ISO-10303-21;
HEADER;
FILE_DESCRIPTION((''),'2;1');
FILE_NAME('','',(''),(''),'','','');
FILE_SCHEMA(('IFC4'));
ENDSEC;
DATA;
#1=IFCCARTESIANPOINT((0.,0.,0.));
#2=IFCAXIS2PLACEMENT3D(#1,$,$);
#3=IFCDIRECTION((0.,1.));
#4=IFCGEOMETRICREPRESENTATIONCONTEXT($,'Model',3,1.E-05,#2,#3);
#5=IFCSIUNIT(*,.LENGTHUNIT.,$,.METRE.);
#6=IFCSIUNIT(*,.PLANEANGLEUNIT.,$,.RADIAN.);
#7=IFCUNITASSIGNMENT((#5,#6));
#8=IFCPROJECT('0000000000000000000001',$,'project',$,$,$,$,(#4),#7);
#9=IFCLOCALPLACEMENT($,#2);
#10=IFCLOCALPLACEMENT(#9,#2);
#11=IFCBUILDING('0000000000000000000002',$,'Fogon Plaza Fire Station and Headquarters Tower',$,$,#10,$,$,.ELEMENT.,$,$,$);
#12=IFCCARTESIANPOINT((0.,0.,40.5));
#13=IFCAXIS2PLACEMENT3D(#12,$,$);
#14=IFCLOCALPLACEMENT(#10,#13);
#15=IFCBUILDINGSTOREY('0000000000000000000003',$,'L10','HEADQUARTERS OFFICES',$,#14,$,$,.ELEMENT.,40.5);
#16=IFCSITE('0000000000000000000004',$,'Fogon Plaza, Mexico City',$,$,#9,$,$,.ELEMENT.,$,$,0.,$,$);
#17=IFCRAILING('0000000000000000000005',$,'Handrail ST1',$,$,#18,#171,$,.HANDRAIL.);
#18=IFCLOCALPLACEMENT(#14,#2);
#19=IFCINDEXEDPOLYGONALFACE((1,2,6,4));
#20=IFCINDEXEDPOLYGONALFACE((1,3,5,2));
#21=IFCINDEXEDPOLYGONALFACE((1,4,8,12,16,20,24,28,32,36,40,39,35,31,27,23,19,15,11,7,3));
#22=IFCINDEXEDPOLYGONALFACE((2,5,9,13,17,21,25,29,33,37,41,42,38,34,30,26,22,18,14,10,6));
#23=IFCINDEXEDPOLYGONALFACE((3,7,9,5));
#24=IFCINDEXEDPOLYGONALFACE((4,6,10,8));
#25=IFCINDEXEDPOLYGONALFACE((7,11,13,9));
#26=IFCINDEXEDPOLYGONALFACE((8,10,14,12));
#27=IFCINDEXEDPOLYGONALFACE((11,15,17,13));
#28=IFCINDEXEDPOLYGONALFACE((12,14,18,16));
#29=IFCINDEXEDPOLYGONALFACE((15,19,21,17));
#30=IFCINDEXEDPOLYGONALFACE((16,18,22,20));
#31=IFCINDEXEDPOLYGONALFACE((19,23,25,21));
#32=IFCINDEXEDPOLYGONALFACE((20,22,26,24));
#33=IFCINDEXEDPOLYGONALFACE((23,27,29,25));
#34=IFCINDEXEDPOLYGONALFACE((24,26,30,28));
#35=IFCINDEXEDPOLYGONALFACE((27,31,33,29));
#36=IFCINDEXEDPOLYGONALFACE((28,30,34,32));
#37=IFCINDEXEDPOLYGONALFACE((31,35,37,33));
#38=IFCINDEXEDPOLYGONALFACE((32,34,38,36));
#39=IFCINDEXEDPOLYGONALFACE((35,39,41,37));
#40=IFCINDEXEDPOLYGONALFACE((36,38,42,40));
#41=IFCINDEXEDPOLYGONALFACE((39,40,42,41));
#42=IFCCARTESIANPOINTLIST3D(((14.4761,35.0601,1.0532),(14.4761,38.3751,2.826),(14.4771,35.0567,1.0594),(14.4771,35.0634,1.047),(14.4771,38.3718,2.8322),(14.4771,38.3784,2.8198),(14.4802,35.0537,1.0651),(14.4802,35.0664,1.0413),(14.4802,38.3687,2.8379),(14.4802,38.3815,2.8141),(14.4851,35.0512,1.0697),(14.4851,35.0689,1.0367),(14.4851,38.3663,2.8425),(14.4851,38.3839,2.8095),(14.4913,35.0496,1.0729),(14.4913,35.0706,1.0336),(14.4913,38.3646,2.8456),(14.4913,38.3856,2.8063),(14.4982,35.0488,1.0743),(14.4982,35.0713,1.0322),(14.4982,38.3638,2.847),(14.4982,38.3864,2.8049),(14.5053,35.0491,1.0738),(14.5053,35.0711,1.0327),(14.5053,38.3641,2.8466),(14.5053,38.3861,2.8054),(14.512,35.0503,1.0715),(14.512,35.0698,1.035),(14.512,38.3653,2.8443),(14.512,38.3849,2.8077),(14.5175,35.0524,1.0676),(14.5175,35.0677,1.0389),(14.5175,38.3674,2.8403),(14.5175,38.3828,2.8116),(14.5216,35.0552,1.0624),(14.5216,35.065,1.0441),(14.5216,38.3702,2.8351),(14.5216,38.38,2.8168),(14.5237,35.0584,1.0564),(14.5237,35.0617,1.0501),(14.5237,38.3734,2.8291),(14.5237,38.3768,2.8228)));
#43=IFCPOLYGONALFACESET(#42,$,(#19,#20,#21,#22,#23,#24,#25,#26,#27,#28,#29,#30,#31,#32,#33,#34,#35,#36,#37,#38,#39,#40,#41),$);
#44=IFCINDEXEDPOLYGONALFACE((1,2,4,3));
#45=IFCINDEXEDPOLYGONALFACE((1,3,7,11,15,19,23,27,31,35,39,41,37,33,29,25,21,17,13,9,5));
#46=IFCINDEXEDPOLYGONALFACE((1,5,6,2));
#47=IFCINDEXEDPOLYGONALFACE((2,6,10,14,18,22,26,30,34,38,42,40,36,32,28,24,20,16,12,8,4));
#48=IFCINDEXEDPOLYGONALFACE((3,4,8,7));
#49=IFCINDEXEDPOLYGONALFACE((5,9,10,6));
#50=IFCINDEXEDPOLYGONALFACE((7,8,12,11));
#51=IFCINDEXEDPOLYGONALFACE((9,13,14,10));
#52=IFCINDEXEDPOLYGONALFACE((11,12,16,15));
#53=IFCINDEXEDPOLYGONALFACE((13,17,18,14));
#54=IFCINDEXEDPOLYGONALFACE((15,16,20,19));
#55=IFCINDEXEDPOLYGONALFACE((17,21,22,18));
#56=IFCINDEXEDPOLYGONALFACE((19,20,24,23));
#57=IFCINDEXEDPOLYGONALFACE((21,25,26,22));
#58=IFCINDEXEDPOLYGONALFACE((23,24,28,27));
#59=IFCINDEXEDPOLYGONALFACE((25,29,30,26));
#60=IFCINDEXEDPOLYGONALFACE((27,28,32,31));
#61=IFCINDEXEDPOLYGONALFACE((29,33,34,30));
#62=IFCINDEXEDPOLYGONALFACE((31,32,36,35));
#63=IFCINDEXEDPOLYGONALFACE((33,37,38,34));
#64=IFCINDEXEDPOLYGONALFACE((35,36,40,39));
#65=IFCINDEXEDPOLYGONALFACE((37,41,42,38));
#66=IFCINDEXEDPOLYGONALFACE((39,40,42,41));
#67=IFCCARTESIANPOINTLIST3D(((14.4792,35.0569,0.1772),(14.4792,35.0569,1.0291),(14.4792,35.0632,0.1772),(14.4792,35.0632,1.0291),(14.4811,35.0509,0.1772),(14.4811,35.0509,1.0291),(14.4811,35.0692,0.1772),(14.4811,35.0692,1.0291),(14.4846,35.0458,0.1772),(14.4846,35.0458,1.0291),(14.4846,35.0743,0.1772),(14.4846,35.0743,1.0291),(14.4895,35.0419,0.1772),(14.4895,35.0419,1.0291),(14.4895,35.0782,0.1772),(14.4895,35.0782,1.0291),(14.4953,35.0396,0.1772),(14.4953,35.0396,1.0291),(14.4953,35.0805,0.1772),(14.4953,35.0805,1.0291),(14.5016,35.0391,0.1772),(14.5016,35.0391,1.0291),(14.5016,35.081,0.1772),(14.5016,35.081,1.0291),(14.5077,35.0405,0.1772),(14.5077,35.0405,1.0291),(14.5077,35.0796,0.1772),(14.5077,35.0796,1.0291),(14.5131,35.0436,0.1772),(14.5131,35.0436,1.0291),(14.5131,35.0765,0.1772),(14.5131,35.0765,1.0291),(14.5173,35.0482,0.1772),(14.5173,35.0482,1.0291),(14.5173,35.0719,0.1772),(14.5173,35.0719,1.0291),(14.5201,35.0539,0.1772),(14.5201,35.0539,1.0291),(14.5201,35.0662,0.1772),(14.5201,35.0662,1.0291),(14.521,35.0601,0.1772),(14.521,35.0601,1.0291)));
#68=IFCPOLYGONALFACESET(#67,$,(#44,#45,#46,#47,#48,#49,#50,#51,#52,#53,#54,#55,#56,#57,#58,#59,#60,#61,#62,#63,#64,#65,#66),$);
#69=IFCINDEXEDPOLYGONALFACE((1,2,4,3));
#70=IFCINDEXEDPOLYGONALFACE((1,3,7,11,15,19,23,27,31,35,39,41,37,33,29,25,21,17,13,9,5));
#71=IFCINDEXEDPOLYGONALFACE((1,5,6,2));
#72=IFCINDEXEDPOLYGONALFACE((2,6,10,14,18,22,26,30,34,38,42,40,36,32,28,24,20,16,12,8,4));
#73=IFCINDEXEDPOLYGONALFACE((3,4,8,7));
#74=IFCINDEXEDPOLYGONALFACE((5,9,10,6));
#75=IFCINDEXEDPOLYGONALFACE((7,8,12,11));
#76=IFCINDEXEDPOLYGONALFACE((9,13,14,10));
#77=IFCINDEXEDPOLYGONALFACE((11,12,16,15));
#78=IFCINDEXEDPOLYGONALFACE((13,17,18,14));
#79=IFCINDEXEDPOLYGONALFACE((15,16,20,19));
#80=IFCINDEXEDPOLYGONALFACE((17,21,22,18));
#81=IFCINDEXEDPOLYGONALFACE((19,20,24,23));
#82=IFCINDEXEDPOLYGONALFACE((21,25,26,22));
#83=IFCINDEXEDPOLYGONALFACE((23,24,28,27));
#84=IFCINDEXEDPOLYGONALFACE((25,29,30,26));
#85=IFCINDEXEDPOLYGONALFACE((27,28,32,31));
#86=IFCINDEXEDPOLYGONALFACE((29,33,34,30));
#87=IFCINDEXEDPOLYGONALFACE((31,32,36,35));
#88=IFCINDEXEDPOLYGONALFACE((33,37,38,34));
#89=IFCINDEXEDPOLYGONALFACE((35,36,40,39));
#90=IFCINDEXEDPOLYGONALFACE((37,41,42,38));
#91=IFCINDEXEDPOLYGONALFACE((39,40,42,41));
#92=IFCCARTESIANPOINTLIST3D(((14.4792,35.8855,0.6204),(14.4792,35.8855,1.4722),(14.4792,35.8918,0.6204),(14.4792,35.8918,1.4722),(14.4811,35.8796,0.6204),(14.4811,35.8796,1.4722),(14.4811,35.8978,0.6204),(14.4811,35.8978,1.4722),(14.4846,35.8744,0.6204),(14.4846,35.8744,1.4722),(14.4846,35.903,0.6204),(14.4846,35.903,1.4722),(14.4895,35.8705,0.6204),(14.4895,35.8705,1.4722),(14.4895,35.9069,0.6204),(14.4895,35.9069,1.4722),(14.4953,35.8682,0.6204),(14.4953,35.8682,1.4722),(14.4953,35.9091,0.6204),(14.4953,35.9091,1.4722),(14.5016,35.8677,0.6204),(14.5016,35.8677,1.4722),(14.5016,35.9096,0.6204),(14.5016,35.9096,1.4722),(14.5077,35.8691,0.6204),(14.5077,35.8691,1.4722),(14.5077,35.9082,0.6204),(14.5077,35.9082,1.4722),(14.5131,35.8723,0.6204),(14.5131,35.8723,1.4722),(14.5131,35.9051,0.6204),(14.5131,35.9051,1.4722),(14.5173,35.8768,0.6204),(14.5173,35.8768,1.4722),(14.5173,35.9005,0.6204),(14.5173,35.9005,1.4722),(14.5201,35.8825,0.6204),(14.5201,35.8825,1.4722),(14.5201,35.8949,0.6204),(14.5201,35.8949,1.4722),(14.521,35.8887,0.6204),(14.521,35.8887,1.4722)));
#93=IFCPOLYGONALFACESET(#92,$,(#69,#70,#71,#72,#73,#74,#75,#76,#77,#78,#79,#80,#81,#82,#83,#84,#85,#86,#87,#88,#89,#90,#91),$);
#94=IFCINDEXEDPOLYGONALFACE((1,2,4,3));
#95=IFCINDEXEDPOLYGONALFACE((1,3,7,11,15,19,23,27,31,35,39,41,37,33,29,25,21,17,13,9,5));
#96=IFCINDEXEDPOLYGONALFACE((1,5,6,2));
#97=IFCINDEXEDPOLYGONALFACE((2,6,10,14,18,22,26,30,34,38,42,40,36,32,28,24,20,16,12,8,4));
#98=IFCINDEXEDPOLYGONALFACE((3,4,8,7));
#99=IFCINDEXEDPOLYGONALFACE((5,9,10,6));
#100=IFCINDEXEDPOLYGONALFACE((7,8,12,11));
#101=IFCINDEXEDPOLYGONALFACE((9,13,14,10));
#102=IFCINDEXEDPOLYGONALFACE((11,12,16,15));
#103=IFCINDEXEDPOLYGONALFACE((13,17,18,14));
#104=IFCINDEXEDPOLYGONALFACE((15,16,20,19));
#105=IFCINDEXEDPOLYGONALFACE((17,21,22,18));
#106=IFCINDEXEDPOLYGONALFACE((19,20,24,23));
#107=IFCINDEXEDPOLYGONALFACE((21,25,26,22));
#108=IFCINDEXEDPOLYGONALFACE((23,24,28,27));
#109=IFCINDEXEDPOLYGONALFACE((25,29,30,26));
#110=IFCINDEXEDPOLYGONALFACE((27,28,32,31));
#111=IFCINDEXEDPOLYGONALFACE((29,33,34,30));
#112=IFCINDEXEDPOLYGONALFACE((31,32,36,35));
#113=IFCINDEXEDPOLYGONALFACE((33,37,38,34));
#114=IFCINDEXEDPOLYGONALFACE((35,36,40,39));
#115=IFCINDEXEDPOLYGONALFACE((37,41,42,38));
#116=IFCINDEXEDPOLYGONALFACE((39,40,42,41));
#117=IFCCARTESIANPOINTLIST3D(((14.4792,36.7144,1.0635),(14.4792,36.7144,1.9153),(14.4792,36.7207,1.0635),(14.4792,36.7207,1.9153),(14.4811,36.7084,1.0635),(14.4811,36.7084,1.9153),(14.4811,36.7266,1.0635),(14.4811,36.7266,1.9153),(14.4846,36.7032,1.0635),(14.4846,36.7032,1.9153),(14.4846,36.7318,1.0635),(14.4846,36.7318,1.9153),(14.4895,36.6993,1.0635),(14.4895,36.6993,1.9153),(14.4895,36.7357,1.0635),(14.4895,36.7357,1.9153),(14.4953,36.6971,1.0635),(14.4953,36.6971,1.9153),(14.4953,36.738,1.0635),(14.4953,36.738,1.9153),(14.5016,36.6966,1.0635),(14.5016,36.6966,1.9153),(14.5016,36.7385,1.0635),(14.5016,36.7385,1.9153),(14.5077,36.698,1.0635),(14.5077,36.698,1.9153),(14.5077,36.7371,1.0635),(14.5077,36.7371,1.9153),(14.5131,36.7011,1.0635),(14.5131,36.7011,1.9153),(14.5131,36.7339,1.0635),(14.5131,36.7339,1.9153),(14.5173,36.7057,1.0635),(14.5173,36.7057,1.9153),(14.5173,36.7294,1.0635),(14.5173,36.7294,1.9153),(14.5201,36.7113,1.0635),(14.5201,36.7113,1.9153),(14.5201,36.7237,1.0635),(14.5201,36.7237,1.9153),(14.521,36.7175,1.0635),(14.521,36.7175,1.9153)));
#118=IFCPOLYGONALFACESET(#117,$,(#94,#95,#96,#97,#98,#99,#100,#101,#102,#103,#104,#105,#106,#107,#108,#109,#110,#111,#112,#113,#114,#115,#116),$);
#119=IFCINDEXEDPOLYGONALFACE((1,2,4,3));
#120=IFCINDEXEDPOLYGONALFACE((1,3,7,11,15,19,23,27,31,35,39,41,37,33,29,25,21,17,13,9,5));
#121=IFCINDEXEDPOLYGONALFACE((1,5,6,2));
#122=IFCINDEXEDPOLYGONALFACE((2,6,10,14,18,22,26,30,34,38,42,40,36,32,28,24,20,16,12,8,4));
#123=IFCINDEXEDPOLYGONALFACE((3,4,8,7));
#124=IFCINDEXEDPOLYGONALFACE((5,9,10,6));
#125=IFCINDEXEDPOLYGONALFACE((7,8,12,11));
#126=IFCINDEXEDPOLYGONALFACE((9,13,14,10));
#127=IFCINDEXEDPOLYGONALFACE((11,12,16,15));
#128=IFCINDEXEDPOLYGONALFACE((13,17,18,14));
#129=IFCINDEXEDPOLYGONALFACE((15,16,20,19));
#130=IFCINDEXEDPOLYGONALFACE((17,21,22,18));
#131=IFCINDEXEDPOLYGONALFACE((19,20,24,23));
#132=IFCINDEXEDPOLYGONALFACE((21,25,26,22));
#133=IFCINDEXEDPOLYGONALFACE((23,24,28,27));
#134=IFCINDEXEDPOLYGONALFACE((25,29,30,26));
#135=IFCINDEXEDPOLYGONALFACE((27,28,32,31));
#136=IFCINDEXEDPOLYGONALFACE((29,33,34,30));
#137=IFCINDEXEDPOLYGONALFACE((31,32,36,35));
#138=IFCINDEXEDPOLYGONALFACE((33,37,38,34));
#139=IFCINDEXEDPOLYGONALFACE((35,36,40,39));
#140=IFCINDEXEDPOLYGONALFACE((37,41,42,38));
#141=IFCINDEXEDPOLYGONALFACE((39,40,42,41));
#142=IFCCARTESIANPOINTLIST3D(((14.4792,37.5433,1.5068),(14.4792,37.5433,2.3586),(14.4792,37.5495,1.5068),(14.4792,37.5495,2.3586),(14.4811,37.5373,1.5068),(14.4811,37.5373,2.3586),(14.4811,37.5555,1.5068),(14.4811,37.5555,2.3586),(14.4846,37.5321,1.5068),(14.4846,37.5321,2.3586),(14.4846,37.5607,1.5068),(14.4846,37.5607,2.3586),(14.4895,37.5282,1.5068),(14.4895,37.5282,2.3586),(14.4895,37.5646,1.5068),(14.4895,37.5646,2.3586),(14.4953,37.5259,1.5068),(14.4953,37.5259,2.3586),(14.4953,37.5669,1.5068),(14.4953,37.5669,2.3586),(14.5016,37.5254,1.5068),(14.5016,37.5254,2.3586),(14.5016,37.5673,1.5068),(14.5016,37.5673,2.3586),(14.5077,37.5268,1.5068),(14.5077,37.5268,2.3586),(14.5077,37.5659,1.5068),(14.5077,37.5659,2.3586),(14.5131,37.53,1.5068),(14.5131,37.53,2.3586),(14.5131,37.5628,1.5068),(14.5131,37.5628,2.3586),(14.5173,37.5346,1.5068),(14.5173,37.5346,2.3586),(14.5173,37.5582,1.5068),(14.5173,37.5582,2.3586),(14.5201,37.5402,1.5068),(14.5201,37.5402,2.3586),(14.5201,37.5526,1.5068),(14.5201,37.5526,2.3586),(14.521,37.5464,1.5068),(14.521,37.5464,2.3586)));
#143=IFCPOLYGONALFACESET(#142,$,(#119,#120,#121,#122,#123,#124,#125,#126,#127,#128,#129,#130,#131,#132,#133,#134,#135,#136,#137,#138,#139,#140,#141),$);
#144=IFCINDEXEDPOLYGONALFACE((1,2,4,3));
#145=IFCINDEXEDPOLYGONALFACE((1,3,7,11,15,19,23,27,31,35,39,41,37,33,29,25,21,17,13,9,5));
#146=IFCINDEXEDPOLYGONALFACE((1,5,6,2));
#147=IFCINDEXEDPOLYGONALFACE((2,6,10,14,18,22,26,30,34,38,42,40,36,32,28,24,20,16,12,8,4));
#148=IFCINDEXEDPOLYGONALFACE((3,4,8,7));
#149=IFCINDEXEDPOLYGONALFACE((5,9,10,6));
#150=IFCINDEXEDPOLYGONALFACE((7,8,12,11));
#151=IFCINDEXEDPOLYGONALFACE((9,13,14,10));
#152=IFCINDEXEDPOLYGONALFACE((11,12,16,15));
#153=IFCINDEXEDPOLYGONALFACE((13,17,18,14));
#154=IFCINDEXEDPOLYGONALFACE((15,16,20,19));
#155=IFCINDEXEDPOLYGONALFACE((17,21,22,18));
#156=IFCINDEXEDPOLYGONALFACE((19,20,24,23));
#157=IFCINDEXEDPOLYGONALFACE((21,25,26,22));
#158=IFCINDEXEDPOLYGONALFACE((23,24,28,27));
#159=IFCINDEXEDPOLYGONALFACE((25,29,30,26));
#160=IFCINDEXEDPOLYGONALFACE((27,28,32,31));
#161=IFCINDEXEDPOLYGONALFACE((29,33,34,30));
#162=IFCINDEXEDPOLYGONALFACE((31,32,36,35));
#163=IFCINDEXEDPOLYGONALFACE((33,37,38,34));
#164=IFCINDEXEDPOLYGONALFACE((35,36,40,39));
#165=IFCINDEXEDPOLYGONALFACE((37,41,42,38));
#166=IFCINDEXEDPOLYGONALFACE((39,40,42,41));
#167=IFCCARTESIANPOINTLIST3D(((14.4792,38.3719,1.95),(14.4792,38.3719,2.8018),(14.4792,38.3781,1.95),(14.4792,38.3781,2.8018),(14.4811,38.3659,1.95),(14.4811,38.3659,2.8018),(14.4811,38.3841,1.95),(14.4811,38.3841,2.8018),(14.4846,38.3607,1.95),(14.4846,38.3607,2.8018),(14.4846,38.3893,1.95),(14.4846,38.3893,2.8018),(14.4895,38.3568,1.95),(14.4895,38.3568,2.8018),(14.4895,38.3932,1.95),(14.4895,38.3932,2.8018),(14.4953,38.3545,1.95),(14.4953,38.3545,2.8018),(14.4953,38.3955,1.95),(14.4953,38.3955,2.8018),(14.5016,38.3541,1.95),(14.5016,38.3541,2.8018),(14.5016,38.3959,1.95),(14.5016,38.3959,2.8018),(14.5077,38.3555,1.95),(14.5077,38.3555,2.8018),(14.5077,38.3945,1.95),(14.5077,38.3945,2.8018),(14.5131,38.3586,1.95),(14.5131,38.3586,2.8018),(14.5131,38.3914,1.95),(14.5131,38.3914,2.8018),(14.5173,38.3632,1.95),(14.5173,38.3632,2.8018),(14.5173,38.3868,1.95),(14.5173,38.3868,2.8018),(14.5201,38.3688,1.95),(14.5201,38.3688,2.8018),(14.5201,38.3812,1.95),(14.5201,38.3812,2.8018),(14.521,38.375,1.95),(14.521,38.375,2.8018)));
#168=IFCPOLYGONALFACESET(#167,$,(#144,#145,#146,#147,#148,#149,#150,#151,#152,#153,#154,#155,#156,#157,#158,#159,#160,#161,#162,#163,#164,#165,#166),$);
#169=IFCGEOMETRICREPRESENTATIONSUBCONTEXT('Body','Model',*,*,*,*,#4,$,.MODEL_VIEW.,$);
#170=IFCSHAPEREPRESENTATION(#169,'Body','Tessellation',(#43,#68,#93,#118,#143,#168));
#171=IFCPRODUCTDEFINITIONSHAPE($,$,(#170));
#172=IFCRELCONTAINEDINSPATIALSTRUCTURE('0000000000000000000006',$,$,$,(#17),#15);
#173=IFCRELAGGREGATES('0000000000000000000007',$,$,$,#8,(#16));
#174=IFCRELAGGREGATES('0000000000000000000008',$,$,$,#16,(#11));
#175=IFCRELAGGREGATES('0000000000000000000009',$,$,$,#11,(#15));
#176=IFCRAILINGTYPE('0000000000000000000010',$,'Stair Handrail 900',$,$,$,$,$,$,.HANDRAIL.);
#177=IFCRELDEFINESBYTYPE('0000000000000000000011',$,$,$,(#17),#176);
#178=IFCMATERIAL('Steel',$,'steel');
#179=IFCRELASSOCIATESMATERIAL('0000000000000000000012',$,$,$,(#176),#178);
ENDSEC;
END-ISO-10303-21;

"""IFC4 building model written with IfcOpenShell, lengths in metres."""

from ifc_helpers import new_model, si_unit, direction, frame, origin, origin_2d, place, context, subcontext, project, spatial, circle, extrude, material, type_object, element, save


model = new_model("IFC4")

# Units and contexts
model_context = context("Model", 3, precision=1e-05, world=origin(), true_north=direction((0.0, 1.0)))
body_context = subcontext(model_context, "Body", "Model", "MODEL_VIEW")
ifc_project = project(units=[si_unit("LENGTHUNIT", "METRE"), si_unit("PLANEANGLEUNIT", "RADIAN")], contexts=[model_context])

# Site, building, storey
site_placement = place(None, origin())
site = spatial("IfcSite", under=ifc_project, at=site_placement, Name="Fogon Plaza, Mexico City", CompositionType="ELEMENT", RefElevation=0.0)
building_placement = place(site_placement, origin())
building = spatial("IfcBuilding", under=site, at=building_placement, Name="Fogon Plaza Fire Station and Headquarters Tower", CompositionType="ELEMENT")
storey_placement = place(building_placement, frame((0.0, 0.0, 40.5)))
storey = spatial("IfcBuildingStorey", under=building, at=storey_placement, Name="L10", Description="HEADQUARTERS OFFICES", CompositionType="ELEMENT", Elevation=40.5)

# Railing
ifc_material_1 = material(Name="Steel", Category="steel")
railing_type = type_object("IfcRailingType", Name="Stair Handrail 900", PredefinedType="HANDRAIL", material=ifc_material_1)
for number, where, name in (
    (1, (14.5, 35.0601, 0.1772), "Handrail ST1"),
):
    element("IfcRailing", number, at=place(storey_placement, frame(where)), inside=storey, type_object=railing_type, Name=name, PredefinedType="HANDRAIL", context=body_context, shape_type="SweptSolid", body=[
        extrude(circle(Radius=0.0239, at=origin_2d()), frame((0.0, 0.0, 0.876), z_axis=(0.0, 0.881829, 0.471569), x_axis=(-1.0, 0.0, 0.0)), (0.0, 0.0, 1.0), 3.7593),
        extrude(circle(Radius=0.021, at=origin_2d()), origin(), (0.0, 0.0, 1.0), 0.8518),
        extrude(circle(Radius=0.021, at=origin_2d()), frame((0.0, 0.8286, 0.4431)), (0.0, 0.0, 1.0), 0.8518),
        extrude(circle(Radius=0.021, at=origin_2d()), frame((0.0, 1.6575, 0.8862)), (0.0, 0.0, 1.0), 0.8518),
        extrude(circle(Radius=0.021, at=origin_2d()), frame((0.0, 2.4863, 1.3296)), (0.0, 0.0, 1.0), 0.8518),
        extrude(circle(Radius=0.021, at=origin_2d()), frame((0.0, 3.3149, 1.7727)), (0.0, 0.0, 1.0), 0.8518),
    ])

save(model, "model.ifc")
